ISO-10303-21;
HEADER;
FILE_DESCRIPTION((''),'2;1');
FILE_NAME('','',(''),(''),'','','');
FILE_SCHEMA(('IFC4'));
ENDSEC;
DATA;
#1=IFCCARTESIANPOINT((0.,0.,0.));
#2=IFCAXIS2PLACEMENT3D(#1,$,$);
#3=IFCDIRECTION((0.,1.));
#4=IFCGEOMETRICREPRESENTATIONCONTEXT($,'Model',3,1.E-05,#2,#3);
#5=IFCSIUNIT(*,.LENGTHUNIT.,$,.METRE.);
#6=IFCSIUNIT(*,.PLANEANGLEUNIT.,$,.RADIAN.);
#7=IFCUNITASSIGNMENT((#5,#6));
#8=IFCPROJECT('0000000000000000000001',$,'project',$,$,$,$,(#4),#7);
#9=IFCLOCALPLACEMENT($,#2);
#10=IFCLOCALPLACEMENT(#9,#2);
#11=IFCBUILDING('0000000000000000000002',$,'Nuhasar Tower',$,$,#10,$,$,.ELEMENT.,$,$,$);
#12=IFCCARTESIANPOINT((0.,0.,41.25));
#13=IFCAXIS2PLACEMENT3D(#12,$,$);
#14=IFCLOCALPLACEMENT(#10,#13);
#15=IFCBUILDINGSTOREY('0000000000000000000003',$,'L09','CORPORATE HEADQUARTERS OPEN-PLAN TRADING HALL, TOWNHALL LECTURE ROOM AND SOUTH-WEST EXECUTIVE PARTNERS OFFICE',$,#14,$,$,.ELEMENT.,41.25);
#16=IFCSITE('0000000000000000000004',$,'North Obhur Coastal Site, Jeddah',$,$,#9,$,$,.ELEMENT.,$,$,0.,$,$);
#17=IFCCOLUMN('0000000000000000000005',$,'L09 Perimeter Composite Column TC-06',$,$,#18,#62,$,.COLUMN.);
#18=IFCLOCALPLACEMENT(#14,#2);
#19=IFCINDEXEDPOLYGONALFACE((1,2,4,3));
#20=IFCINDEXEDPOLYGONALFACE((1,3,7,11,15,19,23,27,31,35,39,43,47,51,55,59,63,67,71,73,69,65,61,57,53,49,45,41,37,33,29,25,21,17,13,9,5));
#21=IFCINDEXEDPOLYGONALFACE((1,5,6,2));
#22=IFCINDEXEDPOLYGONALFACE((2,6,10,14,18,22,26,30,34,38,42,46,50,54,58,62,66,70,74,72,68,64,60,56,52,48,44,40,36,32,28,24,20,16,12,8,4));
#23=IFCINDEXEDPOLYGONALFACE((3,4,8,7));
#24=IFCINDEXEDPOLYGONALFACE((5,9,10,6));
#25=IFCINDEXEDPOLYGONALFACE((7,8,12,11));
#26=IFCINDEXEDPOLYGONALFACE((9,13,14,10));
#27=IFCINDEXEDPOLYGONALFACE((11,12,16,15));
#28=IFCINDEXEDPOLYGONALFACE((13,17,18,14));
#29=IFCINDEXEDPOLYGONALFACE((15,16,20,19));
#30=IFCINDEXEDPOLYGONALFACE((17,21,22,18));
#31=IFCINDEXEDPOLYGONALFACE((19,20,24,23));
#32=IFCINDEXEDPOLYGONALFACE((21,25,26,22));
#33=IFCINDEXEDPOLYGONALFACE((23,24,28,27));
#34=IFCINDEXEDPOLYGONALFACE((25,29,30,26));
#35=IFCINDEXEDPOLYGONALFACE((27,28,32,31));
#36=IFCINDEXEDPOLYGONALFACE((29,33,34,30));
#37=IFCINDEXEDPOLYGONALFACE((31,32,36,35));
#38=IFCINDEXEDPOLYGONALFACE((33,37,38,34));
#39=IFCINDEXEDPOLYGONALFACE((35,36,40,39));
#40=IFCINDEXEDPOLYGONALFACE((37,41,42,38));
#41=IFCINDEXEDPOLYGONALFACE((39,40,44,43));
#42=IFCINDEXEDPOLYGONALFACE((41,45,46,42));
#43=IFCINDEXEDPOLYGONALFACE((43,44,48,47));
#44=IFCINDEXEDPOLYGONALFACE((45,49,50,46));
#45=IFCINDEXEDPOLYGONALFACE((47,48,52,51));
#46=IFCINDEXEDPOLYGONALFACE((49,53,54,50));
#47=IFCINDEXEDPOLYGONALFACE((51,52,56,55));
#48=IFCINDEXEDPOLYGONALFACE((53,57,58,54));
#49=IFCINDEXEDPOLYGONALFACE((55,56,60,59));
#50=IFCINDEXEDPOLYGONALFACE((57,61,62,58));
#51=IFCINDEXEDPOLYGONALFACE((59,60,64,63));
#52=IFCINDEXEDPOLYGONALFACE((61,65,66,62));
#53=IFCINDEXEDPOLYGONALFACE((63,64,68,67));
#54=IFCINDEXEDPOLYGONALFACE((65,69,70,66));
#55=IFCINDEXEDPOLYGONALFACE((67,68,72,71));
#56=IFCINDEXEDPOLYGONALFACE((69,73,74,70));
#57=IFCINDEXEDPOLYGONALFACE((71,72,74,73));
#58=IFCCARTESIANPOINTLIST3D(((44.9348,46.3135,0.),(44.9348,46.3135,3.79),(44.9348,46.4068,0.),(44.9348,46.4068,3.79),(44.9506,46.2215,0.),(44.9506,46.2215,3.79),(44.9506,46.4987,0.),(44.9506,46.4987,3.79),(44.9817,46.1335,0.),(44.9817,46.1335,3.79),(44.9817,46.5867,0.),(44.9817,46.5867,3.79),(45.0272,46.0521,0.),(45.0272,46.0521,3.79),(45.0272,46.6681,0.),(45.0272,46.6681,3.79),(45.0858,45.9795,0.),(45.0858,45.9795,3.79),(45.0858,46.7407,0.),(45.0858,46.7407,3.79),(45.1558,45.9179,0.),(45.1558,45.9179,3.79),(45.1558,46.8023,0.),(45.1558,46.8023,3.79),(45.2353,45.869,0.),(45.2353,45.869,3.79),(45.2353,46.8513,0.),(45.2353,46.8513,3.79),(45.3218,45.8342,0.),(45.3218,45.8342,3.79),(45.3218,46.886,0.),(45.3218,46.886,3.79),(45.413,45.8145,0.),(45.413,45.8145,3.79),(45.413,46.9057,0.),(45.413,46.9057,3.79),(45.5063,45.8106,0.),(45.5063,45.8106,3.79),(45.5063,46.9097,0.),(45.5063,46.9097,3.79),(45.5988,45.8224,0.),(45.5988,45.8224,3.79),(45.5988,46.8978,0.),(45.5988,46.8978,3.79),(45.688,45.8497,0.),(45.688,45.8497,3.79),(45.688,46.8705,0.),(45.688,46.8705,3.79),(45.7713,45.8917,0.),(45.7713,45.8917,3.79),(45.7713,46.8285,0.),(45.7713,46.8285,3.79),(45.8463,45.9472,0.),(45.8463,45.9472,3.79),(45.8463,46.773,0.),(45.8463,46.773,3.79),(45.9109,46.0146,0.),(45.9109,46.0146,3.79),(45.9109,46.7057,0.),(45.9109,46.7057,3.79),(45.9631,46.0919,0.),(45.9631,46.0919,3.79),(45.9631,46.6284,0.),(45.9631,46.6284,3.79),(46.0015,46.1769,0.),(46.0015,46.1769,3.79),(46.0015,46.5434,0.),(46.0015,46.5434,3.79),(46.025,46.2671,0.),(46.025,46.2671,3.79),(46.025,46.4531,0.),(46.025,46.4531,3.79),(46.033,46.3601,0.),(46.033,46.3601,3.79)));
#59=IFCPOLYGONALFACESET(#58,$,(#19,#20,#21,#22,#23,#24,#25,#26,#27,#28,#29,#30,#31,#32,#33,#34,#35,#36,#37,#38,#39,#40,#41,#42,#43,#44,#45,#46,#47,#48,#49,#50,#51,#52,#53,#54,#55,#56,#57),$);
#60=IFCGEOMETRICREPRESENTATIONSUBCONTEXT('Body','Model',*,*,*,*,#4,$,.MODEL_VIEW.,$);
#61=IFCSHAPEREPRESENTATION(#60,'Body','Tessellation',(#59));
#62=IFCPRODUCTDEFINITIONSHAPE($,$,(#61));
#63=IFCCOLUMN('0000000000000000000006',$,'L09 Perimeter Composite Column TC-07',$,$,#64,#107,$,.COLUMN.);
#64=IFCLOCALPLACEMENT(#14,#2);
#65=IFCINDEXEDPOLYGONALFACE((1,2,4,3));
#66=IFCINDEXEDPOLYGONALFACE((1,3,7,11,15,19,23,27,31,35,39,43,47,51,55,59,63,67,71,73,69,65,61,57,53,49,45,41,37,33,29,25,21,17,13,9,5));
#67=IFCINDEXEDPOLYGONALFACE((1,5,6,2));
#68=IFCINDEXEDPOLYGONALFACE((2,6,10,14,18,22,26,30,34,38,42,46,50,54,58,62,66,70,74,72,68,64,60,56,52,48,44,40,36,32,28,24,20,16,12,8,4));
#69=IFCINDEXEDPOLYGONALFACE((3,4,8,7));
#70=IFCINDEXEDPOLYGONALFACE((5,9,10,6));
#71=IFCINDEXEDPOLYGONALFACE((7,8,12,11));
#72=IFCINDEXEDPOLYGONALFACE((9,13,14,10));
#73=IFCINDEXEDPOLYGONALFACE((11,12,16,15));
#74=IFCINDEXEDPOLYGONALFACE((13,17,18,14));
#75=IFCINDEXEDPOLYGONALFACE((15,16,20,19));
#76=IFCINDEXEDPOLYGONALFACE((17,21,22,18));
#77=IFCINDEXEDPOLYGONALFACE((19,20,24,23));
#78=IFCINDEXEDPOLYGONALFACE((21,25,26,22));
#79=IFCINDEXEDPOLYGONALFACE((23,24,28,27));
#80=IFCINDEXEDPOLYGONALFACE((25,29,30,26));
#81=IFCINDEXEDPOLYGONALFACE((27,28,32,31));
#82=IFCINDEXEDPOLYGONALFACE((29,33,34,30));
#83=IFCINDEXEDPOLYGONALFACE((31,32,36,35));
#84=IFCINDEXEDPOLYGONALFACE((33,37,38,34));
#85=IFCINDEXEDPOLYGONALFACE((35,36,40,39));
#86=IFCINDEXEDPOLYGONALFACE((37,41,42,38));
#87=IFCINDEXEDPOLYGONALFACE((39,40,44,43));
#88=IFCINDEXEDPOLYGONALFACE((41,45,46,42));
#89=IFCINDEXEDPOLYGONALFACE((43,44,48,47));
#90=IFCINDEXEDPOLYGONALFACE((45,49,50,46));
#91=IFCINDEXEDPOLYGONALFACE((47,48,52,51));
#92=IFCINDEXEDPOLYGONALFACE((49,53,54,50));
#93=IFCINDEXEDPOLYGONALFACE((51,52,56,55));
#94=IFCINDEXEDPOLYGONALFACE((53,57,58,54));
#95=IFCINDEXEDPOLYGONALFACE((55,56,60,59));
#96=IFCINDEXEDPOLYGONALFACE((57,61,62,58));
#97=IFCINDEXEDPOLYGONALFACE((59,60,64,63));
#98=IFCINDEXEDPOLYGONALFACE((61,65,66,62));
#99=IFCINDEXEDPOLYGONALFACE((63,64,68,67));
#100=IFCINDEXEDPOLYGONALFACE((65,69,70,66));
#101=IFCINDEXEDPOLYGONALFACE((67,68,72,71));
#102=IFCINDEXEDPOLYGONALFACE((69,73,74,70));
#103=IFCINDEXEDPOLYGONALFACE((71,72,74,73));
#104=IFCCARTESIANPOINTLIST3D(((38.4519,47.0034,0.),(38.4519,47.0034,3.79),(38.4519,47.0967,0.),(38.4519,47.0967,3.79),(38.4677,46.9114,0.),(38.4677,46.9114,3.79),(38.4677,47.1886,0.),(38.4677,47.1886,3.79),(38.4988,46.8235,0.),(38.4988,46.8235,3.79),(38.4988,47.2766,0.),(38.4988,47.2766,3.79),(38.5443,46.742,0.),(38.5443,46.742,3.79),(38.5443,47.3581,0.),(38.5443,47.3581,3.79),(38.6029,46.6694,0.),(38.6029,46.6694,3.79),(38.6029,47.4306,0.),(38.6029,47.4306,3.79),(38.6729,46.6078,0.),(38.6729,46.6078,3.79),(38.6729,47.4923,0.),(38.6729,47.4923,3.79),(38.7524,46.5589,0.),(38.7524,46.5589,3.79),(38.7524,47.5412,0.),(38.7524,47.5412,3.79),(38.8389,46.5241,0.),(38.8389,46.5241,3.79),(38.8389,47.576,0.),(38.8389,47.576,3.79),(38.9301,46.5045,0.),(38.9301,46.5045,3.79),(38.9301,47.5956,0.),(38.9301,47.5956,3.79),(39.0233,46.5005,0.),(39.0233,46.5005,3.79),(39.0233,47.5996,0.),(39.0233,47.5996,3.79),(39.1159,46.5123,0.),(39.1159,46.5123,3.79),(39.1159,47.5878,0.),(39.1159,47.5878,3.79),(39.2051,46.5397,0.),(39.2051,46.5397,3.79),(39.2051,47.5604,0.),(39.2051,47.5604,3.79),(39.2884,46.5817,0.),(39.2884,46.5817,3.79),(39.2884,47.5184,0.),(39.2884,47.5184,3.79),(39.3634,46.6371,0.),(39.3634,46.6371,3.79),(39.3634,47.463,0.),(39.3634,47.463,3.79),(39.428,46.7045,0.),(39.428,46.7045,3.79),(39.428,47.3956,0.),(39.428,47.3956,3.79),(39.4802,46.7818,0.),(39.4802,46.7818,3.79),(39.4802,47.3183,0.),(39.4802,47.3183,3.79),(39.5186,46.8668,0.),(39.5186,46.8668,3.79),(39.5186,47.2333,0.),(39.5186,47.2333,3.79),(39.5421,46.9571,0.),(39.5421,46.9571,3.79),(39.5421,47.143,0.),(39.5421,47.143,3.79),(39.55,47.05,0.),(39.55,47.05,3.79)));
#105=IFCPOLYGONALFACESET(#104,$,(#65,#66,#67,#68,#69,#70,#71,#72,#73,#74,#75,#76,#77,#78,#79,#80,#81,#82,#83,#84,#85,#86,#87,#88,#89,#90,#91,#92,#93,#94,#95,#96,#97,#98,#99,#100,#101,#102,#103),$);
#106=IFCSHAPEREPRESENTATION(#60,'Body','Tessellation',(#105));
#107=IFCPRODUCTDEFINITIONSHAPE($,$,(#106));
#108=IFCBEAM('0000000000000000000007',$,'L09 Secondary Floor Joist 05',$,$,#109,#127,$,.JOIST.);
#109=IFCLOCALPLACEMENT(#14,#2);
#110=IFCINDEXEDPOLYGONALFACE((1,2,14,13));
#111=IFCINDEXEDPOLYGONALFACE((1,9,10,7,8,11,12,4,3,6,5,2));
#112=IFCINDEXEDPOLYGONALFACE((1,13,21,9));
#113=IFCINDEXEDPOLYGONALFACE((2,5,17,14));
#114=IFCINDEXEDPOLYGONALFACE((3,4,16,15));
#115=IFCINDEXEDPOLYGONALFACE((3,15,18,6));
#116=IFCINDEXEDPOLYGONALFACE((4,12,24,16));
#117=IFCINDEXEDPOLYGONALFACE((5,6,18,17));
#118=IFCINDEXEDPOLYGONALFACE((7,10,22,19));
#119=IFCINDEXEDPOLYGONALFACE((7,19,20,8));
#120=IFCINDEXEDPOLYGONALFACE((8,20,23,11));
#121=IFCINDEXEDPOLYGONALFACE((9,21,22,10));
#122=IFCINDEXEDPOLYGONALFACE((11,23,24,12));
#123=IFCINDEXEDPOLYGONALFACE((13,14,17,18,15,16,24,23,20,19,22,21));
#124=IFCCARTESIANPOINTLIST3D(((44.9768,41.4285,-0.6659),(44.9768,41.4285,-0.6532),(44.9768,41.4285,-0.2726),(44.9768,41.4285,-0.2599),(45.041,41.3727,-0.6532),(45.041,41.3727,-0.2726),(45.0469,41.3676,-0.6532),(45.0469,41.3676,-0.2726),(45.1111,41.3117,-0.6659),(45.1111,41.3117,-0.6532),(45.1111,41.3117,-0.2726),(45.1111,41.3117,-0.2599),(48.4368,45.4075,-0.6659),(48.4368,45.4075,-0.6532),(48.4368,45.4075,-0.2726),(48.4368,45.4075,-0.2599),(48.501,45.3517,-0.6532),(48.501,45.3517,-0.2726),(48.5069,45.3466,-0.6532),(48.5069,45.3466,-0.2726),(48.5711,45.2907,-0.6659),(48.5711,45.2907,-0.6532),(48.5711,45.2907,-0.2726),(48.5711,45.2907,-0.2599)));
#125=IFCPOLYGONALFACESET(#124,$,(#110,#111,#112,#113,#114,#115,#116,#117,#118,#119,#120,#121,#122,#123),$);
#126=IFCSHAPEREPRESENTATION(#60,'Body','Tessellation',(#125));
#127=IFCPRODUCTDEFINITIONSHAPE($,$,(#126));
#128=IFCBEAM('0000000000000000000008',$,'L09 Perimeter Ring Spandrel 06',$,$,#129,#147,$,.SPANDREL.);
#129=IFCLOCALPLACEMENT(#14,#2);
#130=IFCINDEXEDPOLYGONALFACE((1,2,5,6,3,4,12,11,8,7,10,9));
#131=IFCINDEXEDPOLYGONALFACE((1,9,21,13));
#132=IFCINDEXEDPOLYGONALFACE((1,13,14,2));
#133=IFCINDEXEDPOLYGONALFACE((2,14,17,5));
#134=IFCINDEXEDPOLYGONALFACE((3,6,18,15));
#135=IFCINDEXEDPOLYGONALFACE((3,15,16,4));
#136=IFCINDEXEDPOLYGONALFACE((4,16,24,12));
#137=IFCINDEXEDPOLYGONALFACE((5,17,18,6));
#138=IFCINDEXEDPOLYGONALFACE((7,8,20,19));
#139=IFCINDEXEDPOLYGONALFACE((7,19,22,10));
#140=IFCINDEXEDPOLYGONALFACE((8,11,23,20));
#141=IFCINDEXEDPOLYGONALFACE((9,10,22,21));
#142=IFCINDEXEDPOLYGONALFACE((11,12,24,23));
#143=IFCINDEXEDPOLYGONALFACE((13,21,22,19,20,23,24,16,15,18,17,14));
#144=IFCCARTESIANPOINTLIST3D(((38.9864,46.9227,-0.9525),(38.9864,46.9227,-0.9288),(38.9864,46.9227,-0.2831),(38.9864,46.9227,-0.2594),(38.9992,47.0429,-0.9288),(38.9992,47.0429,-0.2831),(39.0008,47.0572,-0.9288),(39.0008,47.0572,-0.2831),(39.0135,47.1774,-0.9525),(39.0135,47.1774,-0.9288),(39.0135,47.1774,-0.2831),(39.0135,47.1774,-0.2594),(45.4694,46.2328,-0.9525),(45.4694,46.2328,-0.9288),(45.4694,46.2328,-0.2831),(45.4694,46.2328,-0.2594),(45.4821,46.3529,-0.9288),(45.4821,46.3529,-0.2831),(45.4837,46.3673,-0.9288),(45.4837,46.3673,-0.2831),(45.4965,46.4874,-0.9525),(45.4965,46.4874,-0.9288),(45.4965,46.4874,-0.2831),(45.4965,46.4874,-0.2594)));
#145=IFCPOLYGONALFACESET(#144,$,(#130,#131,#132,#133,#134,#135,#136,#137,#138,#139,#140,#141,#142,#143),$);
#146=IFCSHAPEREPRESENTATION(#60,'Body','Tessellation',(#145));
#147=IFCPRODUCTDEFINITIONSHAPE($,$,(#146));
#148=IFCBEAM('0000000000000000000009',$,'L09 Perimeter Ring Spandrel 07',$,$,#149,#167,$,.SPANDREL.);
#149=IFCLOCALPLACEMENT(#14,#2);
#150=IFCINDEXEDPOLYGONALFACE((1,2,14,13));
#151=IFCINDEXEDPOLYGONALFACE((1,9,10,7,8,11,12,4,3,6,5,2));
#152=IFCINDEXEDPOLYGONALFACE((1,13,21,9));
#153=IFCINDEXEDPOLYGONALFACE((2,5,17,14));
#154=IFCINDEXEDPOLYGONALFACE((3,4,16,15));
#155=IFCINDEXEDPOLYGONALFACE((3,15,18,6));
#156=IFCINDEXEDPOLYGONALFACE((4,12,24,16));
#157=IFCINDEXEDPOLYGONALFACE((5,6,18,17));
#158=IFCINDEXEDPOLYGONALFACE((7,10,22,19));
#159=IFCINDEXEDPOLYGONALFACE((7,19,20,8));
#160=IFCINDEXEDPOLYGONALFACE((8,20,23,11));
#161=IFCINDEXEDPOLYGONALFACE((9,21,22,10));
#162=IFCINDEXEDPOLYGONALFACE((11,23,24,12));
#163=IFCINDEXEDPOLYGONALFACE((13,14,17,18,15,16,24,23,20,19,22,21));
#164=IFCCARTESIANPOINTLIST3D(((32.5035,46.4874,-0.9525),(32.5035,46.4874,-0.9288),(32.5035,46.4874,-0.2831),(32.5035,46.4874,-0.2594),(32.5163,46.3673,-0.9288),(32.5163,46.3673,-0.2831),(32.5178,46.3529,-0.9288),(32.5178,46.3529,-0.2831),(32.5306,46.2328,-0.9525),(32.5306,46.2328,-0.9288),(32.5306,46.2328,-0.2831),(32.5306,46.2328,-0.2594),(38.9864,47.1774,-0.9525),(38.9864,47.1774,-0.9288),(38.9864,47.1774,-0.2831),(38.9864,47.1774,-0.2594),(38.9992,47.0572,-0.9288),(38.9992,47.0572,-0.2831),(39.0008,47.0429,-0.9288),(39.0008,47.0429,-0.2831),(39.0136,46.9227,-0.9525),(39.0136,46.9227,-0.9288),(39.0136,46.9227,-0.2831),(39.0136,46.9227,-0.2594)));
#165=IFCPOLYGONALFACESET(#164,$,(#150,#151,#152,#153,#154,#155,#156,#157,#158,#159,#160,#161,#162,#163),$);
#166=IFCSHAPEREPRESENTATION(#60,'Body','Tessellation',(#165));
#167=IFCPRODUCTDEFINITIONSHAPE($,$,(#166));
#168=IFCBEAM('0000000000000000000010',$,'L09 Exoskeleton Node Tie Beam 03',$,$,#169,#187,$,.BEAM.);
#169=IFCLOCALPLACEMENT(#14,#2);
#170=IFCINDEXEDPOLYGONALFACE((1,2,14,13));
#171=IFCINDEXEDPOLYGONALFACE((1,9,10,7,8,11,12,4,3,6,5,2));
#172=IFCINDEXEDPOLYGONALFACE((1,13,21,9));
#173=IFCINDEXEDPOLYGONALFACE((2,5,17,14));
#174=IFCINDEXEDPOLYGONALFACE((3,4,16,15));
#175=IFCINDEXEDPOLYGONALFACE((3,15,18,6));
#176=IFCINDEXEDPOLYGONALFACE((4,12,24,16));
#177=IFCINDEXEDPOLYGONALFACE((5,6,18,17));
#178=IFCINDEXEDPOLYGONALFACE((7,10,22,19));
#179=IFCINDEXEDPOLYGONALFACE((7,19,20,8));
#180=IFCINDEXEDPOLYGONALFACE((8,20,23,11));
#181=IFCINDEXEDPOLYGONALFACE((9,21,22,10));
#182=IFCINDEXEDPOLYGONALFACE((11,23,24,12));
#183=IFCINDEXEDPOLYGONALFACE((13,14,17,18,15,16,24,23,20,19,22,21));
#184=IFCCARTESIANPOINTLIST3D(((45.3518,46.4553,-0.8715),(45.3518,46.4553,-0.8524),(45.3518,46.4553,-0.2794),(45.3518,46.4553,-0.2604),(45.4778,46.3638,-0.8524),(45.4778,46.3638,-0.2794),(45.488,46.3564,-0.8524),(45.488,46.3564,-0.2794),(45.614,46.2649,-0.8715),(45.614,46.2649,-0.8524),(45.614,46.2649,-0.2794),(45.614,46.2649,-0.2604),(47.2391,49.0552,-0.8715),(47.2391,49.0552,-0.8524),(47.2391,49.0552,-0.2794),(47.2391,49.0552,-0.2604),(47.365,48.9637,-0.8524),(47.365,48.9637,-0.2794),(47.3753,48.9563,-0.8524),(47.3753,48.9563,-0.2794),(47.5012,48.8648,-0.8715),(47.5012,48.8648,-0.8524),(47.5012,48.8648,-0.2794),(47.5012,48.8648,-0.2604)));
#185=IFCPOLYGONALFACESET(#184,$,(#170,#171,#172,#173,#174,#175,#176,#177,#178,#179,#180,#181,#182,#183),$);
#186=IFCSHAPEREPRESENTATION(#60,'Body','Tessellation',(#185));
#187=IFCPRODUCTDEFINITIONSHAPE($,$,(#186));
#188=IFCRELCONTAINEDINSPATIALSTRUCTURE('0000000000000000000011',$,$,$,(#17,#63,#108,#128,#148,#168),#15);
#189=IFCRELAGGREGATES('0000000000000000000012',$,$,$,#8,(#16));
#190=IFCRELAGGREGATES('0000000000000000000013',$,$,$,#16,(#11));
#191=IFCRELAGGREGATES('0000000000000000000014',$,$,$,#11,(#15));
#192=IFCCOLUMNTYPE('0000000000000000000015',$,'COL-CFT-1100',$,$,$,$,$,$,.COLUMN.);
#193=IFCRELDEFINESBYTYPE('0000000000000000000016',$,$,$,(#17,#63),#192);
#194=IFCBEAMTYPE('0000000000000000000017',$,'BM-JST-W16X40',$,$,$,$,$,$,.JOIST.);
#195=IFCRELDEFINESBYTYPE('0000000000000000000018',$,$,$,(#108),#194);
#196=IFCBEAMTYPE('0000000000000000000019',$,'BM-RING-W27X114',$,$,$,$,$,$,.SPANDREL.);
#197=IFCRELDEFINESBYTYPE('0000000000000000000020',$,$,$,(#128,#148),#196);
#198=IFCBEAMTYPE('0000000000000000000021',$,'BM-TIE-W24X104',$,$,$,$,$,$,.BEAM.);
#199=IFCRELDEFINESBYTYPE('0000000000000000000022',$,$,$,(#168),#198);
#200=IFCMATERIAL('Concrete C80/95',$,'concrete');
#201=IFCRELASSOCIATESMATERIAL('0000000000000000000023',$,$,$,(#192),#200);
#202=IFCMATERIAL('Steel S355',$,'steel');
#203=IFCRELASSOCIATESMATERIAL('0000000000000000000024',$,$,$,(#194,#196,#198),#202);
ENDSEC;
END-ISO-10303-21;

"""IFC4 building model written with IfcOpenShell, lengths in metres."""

from ifc_helpers import new_model, si_unit, direction, frame, origin, origin_2d, place, context, subcontext, project, spatial, circle, i_section, extrude, material, material_profile, profile_set, type_object, element, save


model = new_model("IFC4")

# Units and contexts
model_context = context("Model", 3, precision=1e-05, world=origin(), true_north=direction((0.0, 1.0)))
body_context = subcontext(model_context, "Body", "Model", "MODEL_VIEW")
ifc_project = project(units=[si_unit("LENGTHUNIT", "METRE"), si_unit("PLANEANGLEUNIT", "RADIAN")], contexts=[model_context])

# Site, building, storey
site_placement = place(None, origin())
site = spatial("IfcSite", under=ifc_project, at=site_placement, Name="North Obhur Coastal Site, Jeddah", CompositionType="ELEMENT", RefElevation=0.0)
building_placement = place(site_placement, origin())
building = spatial("IfcBuilding", under=site, at=building_placement, Name="Nuhasar Tower", CompositionType="ELEMENT")
storey_placement = place(building_placement, frame((0.0, 0.0, 41.25)))
storey = spatial("IfcBuildingStorey", under=building, at=storey_placement, Name="L09", Description="CORPORATE HEADQUARTERS OPEN-PLAN TRADING HALL, TOWNHALL LECTURE ROOM AND SOUTH-WEST EXECUTIVE PARTNERS OFFICE", CompositionType="ELEMENT", Elevation=41.25)

# Columns
ifc_material_1 = material(Name="Concrete C80/95", Category="concrete")
ifc_material_profile_1 = material_profile(ifc_material_1, circle(Radius=0.55, at=origin_2d()), Name="CFT1100")
ifc_profile_set_1 = profile_set([ifc_material_profile_1], Name="Concrete C80/95")
column_type = type_object("IfcColumnType", Name="COL-CFT-1100", PredefinedType="COLUMN", material=ifc_profile_set_1)
for number, where, z_axis, x_axis, name in (
    (1, (45.4829, 46.3601, 0.0), (0.0, 0.0, 1.0), (1.0, 0.0, 0.0), "L09 Perimeter Composite Column TC-06"),
    (2, (39.0, 47.05, 0.0), (0.0, 0.0, 1.0), (1.0, 0.0, 0.0), "L09 Perimeter Composite Column TC-07"),
):
    element("IfcColumn", number, at=place(storey_placement, frame(where, z_axis=z_axis, x_axis=x_axis)), inside=storey, type_object=column_type, Name=name, PredefinedType="COLUMN", context=body_context, shape_type="SweptSolid", body=[
        extrude(circle(Radius=0.55, at=origin_2d()), origin(), (0.0, 0.0, 1.0), 3.79),
    ])

# Beams
ifc_material_2 = material(Name="Steel S355", Category="steel")
ifc_material_profile_2 = material_profile(ifc_material_2, i_section(OverallWidth=0.178, OverallDepth=0.406, WebThickness=0.0078, FlangeThickness=0.0127, at=origin_2d()), Name="W16X40")
ifc_profile_set_2 = profile_set([ifc_material_profile_2], Name="Steel S355")
beam_type_1 = type_object("IfcBeamType", Name="BM-JST-W16X40", PredefinedType="JOIST", material=ifc_profile_set_2)
beam_1_placement = place(storey_placement, frame((45.0439, 41.3701, -0.4629), z_axis=(0.656174, 0.75461, 0.0), x_axis=(-0.75461, 0.656174, 0.0)))
element("IfcBeam", 3, at=beam_1_placement, inside=storey, type_object=beam_type_1, Name="L09 Secondary Floor Joist 05", PredefinedType="JOIST", context=body_context, shape_type="SweptSolid", body=[
    extrude(i_section(OverallWidth=0.178, OverallDepth=0.406, WebThickness=0.0078, FlangeThickness=0.0127, at=origin_2d()), origin(), (0.0, 0.0, 1.0), 5.2729),
])
ifc_material_profile_3 = material_profile(ifc_material_2, i_section(OverallWidth=0.2561, OverallDepth=0.6931, WebThickness=0.0144, FlangeThickness=0.0237, at=origin_2d()), Name="W27X114")
ifc_profile_set_3 = profile_set([ifc_material_profile_3], Name="Steel S355")
beam_type_2 = type_object("IfcBeamType", Name="BM-RING-W27X114", PredefinedType="SPANDREL", material=ifc_profile_set_3)
for number, where, z_axis, x_axis, name in (
    (4, (45.4829, 46.3601, -0.606), (-0.994385, 0.105827, 0.0), (-0.105827, -0.994385, 0.0), "L09 Perimeter Ring Spandrel 06"),
    (5, (39.0, 47.05, -0.606), (-0.994385, -0.105827, 0.0), (0.105827, -0.994385, 0.0), "L09 Perimeter Ring Spandrel 07"),
):
    element("IfcBeam", number, at=place(storey_placement, frame(where, z_axis=z_axis, x_axis=x_axis)), inside=storey, type_object=beam_type_2, Name=name, PredefinedType="SPANDREL", context=body_context, shape_type="SweptSolid", body=[
        extrude(i_section(OverallWidth=0.2561, OverallDepth=0.6931, WebThickness=0.0144, FlangeThickness=0.0237, at=origin_2d()), origin(), (0.0, 0.0, 1.0), 6.5195),
    ])
ifc_material_profile_4 = material_profile(ifc_material_2, i_section(OverallWidth=0.324, OverallDepth=0.6111, WebThickness=0.0127, FlangeThickness=0.019, at=origin_2d()), Name="W24X104")
ifc_profile_set_4 = profile_set([ifc_material_profile_4], Name="Steel S355")
beam_type_3 = type_object("IfcBeamType", Name="BM-TIE-W24X104", PredefinedType="BEAM", material=ifc_profile_set_4)
beam_2_placement = place(storey_placement, frame((45.4829, 46.3601, -0.5659), z_axis=(0.587439, 0.809268, 0.0), x_axis=(-0.809268, 0.587439, 0.0)))
element("IfcBeam", 6, at=beam_2_placement, inside=storey, type_object=beam_type_3, Name="L09 Exoskeleton Node Tie Beam 03", PredefinedType="BEAM", context=body_context, shape_type="SweptSolid", body=[
    extrude(i_section(OverallWidth=0.324, OverallDepth=0.6111, WebThickness=0.0127, FlangeThickness=0.019, at=origin_2d()), origin(), (0.0, 0.0, 1.0), 3.2126),
])

save(model, "model.ifc")
